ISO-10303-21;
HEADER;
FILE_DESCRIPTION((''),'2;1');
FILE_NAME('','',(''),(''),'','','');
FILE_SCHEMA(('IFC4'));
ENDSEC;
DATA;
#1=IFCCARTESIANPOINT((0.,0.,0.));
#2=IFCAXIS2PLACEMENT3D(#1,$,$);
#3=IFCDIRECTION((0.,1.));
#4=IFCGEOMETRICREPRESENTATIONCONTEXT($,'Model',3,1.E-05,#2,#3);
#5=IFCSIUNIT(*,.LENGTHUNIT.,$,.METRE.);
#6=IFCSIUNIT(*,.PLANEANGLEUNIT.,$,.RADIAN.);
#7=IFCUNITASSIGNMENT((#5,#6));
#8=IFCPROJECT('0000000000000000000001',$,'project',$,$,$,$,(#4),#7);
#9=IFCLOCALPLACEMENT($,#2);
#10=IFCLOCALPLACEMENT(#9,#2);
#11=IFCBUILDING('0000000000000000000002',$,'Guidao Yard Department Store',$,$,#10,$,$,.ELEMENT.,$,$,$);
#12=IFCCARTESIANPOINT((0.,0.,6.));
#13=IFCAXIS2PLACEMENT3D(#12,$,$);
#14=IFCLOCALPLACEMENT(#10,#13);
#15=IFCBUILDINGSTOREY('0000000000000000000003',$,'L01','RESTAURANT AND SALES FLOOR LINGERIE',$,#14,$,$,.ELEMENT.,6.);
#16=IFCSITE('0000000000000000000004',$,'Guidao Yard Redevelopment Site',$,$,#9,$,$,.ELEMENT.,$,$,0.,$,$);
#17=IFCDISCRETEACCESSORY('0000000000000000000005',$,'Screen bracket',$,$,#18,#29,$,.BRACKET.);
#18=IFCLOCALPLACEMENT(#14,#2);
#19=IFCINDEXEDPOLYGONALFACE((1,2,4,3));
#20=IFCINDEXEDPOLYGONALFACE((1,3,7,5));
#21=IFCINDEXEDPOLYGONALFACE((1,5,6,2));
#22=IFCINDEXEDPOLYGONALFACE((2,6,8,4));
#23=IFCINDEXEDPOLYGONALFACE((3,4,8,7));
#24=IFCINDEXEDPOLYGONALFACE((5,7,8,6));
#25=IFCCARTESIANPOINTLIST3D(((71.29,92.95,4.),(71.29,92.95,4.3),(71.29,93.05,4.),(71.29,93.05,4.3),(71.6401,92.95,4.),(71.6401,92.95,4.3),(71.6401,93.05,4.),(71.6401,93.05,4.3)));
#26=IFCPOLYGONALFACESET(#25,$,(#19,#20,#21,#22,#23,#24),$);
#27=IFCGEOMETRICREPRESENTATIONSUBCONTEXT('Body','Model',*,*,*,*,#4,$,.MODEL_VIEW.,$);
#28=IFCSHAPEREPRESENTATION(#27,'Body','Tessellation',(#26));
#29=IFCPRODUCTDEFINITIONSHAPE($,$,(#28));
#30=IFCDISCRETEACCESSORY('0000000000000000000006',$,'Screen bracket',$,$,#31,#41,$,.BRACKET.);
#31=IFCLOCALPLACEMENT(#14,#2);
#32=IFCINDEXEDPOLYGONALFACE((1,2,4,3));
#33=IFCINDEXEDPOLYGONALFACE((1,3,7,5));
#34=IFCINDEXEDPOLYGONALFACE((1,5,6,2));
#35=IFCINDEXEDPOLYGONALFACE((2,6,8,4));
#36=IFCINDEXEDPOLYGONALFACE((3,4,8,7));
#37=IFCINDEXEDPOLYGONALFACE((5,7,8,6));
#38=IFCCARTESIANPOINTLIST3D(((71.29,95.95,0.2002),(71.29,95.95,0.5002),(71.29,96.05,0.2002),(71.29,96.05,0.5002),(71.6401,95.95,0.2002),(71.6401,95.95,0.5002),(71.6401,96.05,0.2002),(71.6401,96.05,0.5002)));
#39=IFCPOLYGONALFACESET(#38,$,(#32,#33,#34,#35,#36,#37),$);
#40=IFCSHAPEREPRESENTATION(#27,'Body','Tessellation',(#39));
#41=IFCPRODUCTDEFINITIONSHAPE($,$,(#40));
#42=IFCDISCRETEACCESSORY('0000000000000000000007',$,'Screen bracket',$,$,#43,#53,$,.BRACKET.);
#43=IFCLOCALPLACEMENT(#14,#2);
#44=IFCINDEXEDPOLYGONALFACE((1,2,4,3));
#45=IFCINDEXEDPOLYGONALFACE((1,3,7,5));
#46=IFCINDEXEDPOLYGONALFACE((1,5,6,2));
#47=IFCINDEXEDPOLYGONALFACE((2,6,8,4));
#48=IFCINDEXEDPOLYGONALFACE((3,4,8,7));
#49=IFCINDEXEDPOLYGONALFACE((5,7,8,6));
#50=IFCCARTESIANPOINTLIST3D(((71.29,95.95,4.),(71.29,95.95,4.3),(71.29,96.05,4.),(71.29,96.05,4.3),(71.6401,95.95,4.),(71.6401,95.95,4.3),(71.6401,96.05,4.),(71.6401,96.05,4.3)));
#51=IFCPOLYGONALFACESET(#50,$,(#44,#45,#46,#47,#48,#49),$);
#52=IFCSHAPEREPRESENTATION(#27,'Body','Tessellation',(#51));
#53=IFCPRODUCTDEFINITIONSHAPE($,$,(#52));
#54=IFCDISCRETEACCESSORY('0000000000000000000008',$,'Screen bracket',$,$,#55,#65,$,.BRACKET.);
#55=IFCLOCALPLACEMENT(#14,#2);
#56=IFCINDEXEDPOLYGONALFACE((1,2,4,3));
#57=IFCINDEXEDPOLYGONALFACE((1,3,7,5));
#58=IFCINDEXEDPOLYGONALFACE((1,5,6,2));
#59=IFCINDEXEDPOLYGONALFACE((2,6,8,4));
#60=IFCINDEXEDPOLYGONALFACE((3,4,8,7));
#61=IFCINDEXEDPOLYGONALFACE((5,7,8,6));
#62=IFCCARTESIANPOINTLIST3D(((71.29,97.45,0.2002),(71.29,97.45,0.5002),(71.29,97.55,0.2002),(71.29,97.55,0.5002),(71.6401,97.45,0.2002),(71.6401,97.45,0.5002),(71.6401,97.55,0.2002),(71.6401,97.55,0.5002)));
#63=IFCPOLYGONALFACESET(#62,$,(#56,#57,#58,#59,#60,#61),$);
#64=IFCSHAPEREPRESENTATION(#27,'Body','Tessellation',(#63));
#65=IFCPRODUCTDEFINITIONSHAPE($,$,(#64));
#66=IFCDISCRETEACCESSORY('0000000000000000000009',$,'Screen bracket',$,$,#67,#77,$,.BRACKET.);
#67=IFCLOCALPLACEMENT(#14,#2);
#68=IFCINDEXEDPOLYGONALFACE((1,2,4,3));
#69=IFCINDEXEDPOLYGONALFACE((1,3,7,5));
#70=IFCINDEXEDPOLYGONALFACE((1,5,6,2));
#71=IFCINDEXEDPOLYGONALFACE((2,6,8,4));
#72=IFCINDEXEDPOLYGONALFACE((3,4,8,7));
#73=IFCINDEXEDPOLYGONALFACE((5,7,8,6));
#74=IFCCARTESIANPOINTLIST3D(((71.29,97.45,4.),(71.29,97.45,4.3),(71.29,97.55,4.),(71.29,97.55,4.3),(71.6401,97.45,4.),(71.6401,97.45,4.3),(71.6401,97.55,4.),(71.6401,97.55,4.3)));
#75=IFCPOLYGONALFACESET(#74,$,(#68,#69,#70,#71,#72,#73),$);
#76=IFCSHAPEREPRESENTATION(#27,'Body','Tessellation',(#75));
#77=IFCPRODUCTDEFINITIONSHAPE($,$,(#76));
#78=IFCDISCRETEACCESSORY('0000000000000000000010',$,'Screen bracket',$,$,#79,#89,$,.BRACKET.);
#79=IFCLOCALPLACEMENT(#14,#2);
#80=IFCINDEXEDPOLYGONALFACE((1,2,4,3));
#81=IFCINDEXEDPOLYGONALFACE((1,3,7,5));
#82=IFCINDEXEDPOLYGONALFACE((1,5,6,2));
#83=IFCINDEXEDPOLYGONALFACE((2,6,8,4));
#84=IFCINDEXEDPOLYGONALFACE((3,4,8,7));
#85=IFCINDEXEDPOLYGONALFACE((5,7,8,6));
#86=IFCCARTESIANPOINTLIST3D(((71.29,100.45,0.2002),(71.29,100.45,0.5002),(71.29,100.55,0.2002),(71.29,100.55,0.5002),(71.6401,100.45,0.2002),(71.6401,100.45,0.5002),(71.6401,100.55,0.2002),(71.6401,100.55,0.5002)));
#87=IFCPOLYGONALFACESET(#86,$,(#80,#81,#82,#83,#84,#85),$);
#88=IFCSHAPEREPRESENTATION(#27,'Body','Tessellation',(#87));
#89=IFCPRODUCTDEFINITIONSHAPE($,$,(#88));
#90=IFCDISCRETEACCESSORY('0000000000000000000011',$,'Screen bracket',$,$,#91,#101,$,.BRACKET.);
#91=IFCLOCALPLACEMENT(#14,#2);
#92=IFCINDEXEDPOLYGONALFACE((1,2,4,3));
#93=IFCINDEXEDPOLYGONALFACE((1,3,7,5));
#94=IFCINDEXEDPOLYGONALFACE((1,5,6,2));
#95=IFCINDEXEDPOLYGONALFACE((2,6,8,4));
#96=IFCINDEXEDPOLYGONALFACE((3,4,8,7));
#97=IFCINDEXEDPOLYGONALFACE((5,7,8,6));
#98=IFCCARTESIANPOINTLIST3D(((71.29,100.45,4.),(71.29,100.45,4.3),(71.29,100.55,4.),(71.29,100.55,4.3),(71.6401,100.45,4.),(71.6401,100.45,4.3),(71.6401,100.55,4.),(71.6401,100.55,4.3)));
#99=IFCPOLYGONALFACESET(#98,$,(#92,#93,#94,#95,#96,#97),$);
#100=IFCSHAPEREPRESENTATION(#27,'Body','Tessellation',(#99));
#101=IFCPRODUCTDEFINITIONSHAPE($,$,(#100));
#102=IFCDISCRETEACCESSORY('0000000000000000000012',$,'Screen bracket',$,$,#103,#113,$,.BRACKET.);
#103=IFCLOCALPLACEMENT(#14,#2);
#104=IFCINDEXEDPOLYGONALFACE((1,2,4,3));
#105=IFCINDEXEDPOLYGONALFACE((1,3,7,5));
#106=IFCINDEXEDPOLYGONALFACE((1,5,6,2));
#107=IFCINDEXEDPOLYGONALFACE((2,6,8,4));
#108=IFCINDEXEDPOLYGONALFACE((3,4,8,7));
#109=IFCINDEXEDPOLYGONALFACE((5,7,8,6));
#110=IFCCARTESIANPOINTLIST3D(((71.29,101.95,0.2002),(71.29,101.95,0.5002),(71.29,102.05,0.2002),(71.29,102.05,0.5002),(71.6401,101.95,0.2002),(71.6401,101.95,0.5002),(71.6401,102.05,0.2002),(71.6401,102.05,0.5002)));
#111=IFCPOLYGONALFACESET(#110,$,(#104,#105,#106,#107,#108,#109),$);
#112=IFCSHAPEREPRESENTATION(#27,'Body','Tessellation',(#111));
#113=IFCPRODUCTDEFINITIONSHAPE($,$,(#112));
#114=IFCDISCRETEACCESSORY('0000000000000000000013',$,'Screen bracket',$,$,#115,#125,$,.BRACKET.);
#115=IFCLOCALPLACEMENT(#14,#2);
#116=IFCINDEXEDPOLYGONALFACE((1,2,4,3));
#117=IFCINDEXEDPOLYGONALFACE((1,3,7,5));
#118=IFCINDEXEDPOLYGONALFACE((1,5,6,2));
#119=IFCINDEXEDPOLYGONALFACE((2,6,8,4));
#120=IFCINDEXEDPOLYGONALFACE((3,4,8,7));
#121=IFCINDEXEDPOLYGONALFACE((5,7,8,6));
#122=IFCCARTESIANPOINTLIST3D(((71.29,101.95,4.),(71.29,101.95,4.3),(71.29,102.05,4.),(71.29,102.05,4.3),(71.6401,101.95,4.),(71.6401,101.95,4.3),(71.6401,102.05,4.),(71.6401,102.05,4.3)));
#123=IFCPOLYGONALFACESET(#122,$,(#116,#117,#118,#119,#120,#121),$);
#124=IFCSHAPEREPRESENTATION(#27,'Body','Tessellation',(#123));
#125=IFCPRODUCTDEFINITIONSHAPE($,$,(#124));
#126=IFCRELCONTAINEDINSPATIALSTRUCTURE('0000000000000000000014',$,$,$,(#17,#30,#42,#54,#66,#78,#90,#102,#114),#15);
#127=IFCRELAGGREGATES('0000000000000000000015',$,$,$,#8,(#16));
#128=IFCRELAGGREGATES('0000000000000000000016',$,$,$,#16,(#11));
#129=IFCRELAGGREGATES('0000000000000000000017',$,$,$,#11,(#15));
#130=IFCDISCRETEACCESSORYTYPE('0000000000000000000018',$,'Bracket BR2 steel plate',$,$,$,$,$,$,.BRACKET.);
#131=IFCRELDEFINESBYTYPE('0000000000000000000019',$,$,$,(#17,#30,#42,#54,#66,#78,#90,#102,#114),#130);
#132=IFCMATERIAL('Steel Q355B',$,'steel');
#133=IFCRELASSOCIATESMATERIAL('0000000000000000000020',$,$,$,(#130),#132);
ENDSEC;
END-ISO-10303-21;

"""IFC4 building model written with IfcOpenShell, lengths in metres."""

from ifc_helpers import new_model, si_unit, direction, frame, origin, origin_2d, place, context, subcontext, project, spatial, rectangle, extrude, material, type_object, element, save


model = new_model("IFC4")

# Units and contexts
model_context = context("Model", 3, precision=1e-05, world=origin(), true_north=direction((0.0, 1.0)))
body_context = subcontext(model_context, "Body", "Model", "MODEL_VIEW")
ifc_project = project(units=[si_unit("LENGTHUNIT", "METRE"), si_unit("PLANEANGLEUNIT", "RADIAN")], contexts=[model_context])

# Site, building, storey
site_placement = place(None, origin())
site = spatial("IfcSite", under=ifc_project, at=site_placement, Name="Guidao Yard Redevelopment Site", CompositionType="ELEMENT", RefElevation=0.0)
building_placement = place(site_placement, origin())
building = spatial("IfcBuilding", under=site, at=building_placement, Name="Guidao Yard Department Store", CompositionType="ELEMENT")
storey_placement = place(building_placement, frame((0.0, 0.0, 6.0)))
storey = spatial("IfcBuildingStorey", under=building, at=storey_placement, Name="L01", Description="RESTAURANT AND SALES FLOOR LINGERIE", CompositionType="ELEMENT", Elevation=6.0)

# Discrete accessories
ifc_material_1 = material(Name="Steel Q355B", Category="steel")
discrete_accessory_type = type_object("IfcDiscreteAccessoryType", Name="Bracket BR2 steel plate", PredefinedType="BRACKET", material=ifc_material_1)
for number, where, z_axis, x_axis, name in (
    (1, (71.4651, 93.0, 4.0), (0.0, 0.0, 1.0), (0.0, 1.0, 0.0), "Screen bracket"),
    (2, (71.4651, 96.0, 0.2002), (0.0, 0.0, 1.0), (0.0, 1.0, 0.0), "Screen bracket"),
    (3, (71.4651, 96.0, 4.0), (0.0, 0.0, 1.0), (0.0, 1.0, 0.0), "Screen bracket"),
    (4, (71.4651, 97.5, 0.2002), (0.0, 0.0, 1.0), (0.0, 1.0, 0.0), "Screen bracket"),
    (5, (71.4651, 97.5, 4.0), (0.0, 0.0, 1.0), (0.0, 1.0, 0.0), "Screen bracket"),
    (6, (71.4651, 100.5, 0.2002), (0.0, 0.0, 1.0), (0.0, 1.0, 0.0), "Screen bracket"),
    (7, (71.4651, 100.5, 4.0), (0.0, 0.0, 1.0), (0.0, 1.0, 0.0), "Screen bracket"),
    (8, (71.4651, 102.0, 0.2002), (0.0, 0.0, 1.0), (0.0, 1.0, 0.0), "Screen bracket"),
    (9, (71.4651, 102.0, 4.0), (0.0, 0.0, 1.0), (0.0, 1.0, 0.0), "Screen bracket"),
):
    element("IfcDiscreteAccessory", number, at=place(storey_placement, frame(where, z_axis=z_axis, x_axis=x_axis)), inside=storey, type_object=discrete_accessory_type, Name=name, PredefinedType="BRACKET", context=body_context, shape_type="SweptSolid", body=[
        extrude(rectangle(XDim=0.1001, YDim=0.3501, at=origin_2d()), origin(), (0.0, 0.0, 1.0), 0.3),
    ])

save(model, "model.ifc")
